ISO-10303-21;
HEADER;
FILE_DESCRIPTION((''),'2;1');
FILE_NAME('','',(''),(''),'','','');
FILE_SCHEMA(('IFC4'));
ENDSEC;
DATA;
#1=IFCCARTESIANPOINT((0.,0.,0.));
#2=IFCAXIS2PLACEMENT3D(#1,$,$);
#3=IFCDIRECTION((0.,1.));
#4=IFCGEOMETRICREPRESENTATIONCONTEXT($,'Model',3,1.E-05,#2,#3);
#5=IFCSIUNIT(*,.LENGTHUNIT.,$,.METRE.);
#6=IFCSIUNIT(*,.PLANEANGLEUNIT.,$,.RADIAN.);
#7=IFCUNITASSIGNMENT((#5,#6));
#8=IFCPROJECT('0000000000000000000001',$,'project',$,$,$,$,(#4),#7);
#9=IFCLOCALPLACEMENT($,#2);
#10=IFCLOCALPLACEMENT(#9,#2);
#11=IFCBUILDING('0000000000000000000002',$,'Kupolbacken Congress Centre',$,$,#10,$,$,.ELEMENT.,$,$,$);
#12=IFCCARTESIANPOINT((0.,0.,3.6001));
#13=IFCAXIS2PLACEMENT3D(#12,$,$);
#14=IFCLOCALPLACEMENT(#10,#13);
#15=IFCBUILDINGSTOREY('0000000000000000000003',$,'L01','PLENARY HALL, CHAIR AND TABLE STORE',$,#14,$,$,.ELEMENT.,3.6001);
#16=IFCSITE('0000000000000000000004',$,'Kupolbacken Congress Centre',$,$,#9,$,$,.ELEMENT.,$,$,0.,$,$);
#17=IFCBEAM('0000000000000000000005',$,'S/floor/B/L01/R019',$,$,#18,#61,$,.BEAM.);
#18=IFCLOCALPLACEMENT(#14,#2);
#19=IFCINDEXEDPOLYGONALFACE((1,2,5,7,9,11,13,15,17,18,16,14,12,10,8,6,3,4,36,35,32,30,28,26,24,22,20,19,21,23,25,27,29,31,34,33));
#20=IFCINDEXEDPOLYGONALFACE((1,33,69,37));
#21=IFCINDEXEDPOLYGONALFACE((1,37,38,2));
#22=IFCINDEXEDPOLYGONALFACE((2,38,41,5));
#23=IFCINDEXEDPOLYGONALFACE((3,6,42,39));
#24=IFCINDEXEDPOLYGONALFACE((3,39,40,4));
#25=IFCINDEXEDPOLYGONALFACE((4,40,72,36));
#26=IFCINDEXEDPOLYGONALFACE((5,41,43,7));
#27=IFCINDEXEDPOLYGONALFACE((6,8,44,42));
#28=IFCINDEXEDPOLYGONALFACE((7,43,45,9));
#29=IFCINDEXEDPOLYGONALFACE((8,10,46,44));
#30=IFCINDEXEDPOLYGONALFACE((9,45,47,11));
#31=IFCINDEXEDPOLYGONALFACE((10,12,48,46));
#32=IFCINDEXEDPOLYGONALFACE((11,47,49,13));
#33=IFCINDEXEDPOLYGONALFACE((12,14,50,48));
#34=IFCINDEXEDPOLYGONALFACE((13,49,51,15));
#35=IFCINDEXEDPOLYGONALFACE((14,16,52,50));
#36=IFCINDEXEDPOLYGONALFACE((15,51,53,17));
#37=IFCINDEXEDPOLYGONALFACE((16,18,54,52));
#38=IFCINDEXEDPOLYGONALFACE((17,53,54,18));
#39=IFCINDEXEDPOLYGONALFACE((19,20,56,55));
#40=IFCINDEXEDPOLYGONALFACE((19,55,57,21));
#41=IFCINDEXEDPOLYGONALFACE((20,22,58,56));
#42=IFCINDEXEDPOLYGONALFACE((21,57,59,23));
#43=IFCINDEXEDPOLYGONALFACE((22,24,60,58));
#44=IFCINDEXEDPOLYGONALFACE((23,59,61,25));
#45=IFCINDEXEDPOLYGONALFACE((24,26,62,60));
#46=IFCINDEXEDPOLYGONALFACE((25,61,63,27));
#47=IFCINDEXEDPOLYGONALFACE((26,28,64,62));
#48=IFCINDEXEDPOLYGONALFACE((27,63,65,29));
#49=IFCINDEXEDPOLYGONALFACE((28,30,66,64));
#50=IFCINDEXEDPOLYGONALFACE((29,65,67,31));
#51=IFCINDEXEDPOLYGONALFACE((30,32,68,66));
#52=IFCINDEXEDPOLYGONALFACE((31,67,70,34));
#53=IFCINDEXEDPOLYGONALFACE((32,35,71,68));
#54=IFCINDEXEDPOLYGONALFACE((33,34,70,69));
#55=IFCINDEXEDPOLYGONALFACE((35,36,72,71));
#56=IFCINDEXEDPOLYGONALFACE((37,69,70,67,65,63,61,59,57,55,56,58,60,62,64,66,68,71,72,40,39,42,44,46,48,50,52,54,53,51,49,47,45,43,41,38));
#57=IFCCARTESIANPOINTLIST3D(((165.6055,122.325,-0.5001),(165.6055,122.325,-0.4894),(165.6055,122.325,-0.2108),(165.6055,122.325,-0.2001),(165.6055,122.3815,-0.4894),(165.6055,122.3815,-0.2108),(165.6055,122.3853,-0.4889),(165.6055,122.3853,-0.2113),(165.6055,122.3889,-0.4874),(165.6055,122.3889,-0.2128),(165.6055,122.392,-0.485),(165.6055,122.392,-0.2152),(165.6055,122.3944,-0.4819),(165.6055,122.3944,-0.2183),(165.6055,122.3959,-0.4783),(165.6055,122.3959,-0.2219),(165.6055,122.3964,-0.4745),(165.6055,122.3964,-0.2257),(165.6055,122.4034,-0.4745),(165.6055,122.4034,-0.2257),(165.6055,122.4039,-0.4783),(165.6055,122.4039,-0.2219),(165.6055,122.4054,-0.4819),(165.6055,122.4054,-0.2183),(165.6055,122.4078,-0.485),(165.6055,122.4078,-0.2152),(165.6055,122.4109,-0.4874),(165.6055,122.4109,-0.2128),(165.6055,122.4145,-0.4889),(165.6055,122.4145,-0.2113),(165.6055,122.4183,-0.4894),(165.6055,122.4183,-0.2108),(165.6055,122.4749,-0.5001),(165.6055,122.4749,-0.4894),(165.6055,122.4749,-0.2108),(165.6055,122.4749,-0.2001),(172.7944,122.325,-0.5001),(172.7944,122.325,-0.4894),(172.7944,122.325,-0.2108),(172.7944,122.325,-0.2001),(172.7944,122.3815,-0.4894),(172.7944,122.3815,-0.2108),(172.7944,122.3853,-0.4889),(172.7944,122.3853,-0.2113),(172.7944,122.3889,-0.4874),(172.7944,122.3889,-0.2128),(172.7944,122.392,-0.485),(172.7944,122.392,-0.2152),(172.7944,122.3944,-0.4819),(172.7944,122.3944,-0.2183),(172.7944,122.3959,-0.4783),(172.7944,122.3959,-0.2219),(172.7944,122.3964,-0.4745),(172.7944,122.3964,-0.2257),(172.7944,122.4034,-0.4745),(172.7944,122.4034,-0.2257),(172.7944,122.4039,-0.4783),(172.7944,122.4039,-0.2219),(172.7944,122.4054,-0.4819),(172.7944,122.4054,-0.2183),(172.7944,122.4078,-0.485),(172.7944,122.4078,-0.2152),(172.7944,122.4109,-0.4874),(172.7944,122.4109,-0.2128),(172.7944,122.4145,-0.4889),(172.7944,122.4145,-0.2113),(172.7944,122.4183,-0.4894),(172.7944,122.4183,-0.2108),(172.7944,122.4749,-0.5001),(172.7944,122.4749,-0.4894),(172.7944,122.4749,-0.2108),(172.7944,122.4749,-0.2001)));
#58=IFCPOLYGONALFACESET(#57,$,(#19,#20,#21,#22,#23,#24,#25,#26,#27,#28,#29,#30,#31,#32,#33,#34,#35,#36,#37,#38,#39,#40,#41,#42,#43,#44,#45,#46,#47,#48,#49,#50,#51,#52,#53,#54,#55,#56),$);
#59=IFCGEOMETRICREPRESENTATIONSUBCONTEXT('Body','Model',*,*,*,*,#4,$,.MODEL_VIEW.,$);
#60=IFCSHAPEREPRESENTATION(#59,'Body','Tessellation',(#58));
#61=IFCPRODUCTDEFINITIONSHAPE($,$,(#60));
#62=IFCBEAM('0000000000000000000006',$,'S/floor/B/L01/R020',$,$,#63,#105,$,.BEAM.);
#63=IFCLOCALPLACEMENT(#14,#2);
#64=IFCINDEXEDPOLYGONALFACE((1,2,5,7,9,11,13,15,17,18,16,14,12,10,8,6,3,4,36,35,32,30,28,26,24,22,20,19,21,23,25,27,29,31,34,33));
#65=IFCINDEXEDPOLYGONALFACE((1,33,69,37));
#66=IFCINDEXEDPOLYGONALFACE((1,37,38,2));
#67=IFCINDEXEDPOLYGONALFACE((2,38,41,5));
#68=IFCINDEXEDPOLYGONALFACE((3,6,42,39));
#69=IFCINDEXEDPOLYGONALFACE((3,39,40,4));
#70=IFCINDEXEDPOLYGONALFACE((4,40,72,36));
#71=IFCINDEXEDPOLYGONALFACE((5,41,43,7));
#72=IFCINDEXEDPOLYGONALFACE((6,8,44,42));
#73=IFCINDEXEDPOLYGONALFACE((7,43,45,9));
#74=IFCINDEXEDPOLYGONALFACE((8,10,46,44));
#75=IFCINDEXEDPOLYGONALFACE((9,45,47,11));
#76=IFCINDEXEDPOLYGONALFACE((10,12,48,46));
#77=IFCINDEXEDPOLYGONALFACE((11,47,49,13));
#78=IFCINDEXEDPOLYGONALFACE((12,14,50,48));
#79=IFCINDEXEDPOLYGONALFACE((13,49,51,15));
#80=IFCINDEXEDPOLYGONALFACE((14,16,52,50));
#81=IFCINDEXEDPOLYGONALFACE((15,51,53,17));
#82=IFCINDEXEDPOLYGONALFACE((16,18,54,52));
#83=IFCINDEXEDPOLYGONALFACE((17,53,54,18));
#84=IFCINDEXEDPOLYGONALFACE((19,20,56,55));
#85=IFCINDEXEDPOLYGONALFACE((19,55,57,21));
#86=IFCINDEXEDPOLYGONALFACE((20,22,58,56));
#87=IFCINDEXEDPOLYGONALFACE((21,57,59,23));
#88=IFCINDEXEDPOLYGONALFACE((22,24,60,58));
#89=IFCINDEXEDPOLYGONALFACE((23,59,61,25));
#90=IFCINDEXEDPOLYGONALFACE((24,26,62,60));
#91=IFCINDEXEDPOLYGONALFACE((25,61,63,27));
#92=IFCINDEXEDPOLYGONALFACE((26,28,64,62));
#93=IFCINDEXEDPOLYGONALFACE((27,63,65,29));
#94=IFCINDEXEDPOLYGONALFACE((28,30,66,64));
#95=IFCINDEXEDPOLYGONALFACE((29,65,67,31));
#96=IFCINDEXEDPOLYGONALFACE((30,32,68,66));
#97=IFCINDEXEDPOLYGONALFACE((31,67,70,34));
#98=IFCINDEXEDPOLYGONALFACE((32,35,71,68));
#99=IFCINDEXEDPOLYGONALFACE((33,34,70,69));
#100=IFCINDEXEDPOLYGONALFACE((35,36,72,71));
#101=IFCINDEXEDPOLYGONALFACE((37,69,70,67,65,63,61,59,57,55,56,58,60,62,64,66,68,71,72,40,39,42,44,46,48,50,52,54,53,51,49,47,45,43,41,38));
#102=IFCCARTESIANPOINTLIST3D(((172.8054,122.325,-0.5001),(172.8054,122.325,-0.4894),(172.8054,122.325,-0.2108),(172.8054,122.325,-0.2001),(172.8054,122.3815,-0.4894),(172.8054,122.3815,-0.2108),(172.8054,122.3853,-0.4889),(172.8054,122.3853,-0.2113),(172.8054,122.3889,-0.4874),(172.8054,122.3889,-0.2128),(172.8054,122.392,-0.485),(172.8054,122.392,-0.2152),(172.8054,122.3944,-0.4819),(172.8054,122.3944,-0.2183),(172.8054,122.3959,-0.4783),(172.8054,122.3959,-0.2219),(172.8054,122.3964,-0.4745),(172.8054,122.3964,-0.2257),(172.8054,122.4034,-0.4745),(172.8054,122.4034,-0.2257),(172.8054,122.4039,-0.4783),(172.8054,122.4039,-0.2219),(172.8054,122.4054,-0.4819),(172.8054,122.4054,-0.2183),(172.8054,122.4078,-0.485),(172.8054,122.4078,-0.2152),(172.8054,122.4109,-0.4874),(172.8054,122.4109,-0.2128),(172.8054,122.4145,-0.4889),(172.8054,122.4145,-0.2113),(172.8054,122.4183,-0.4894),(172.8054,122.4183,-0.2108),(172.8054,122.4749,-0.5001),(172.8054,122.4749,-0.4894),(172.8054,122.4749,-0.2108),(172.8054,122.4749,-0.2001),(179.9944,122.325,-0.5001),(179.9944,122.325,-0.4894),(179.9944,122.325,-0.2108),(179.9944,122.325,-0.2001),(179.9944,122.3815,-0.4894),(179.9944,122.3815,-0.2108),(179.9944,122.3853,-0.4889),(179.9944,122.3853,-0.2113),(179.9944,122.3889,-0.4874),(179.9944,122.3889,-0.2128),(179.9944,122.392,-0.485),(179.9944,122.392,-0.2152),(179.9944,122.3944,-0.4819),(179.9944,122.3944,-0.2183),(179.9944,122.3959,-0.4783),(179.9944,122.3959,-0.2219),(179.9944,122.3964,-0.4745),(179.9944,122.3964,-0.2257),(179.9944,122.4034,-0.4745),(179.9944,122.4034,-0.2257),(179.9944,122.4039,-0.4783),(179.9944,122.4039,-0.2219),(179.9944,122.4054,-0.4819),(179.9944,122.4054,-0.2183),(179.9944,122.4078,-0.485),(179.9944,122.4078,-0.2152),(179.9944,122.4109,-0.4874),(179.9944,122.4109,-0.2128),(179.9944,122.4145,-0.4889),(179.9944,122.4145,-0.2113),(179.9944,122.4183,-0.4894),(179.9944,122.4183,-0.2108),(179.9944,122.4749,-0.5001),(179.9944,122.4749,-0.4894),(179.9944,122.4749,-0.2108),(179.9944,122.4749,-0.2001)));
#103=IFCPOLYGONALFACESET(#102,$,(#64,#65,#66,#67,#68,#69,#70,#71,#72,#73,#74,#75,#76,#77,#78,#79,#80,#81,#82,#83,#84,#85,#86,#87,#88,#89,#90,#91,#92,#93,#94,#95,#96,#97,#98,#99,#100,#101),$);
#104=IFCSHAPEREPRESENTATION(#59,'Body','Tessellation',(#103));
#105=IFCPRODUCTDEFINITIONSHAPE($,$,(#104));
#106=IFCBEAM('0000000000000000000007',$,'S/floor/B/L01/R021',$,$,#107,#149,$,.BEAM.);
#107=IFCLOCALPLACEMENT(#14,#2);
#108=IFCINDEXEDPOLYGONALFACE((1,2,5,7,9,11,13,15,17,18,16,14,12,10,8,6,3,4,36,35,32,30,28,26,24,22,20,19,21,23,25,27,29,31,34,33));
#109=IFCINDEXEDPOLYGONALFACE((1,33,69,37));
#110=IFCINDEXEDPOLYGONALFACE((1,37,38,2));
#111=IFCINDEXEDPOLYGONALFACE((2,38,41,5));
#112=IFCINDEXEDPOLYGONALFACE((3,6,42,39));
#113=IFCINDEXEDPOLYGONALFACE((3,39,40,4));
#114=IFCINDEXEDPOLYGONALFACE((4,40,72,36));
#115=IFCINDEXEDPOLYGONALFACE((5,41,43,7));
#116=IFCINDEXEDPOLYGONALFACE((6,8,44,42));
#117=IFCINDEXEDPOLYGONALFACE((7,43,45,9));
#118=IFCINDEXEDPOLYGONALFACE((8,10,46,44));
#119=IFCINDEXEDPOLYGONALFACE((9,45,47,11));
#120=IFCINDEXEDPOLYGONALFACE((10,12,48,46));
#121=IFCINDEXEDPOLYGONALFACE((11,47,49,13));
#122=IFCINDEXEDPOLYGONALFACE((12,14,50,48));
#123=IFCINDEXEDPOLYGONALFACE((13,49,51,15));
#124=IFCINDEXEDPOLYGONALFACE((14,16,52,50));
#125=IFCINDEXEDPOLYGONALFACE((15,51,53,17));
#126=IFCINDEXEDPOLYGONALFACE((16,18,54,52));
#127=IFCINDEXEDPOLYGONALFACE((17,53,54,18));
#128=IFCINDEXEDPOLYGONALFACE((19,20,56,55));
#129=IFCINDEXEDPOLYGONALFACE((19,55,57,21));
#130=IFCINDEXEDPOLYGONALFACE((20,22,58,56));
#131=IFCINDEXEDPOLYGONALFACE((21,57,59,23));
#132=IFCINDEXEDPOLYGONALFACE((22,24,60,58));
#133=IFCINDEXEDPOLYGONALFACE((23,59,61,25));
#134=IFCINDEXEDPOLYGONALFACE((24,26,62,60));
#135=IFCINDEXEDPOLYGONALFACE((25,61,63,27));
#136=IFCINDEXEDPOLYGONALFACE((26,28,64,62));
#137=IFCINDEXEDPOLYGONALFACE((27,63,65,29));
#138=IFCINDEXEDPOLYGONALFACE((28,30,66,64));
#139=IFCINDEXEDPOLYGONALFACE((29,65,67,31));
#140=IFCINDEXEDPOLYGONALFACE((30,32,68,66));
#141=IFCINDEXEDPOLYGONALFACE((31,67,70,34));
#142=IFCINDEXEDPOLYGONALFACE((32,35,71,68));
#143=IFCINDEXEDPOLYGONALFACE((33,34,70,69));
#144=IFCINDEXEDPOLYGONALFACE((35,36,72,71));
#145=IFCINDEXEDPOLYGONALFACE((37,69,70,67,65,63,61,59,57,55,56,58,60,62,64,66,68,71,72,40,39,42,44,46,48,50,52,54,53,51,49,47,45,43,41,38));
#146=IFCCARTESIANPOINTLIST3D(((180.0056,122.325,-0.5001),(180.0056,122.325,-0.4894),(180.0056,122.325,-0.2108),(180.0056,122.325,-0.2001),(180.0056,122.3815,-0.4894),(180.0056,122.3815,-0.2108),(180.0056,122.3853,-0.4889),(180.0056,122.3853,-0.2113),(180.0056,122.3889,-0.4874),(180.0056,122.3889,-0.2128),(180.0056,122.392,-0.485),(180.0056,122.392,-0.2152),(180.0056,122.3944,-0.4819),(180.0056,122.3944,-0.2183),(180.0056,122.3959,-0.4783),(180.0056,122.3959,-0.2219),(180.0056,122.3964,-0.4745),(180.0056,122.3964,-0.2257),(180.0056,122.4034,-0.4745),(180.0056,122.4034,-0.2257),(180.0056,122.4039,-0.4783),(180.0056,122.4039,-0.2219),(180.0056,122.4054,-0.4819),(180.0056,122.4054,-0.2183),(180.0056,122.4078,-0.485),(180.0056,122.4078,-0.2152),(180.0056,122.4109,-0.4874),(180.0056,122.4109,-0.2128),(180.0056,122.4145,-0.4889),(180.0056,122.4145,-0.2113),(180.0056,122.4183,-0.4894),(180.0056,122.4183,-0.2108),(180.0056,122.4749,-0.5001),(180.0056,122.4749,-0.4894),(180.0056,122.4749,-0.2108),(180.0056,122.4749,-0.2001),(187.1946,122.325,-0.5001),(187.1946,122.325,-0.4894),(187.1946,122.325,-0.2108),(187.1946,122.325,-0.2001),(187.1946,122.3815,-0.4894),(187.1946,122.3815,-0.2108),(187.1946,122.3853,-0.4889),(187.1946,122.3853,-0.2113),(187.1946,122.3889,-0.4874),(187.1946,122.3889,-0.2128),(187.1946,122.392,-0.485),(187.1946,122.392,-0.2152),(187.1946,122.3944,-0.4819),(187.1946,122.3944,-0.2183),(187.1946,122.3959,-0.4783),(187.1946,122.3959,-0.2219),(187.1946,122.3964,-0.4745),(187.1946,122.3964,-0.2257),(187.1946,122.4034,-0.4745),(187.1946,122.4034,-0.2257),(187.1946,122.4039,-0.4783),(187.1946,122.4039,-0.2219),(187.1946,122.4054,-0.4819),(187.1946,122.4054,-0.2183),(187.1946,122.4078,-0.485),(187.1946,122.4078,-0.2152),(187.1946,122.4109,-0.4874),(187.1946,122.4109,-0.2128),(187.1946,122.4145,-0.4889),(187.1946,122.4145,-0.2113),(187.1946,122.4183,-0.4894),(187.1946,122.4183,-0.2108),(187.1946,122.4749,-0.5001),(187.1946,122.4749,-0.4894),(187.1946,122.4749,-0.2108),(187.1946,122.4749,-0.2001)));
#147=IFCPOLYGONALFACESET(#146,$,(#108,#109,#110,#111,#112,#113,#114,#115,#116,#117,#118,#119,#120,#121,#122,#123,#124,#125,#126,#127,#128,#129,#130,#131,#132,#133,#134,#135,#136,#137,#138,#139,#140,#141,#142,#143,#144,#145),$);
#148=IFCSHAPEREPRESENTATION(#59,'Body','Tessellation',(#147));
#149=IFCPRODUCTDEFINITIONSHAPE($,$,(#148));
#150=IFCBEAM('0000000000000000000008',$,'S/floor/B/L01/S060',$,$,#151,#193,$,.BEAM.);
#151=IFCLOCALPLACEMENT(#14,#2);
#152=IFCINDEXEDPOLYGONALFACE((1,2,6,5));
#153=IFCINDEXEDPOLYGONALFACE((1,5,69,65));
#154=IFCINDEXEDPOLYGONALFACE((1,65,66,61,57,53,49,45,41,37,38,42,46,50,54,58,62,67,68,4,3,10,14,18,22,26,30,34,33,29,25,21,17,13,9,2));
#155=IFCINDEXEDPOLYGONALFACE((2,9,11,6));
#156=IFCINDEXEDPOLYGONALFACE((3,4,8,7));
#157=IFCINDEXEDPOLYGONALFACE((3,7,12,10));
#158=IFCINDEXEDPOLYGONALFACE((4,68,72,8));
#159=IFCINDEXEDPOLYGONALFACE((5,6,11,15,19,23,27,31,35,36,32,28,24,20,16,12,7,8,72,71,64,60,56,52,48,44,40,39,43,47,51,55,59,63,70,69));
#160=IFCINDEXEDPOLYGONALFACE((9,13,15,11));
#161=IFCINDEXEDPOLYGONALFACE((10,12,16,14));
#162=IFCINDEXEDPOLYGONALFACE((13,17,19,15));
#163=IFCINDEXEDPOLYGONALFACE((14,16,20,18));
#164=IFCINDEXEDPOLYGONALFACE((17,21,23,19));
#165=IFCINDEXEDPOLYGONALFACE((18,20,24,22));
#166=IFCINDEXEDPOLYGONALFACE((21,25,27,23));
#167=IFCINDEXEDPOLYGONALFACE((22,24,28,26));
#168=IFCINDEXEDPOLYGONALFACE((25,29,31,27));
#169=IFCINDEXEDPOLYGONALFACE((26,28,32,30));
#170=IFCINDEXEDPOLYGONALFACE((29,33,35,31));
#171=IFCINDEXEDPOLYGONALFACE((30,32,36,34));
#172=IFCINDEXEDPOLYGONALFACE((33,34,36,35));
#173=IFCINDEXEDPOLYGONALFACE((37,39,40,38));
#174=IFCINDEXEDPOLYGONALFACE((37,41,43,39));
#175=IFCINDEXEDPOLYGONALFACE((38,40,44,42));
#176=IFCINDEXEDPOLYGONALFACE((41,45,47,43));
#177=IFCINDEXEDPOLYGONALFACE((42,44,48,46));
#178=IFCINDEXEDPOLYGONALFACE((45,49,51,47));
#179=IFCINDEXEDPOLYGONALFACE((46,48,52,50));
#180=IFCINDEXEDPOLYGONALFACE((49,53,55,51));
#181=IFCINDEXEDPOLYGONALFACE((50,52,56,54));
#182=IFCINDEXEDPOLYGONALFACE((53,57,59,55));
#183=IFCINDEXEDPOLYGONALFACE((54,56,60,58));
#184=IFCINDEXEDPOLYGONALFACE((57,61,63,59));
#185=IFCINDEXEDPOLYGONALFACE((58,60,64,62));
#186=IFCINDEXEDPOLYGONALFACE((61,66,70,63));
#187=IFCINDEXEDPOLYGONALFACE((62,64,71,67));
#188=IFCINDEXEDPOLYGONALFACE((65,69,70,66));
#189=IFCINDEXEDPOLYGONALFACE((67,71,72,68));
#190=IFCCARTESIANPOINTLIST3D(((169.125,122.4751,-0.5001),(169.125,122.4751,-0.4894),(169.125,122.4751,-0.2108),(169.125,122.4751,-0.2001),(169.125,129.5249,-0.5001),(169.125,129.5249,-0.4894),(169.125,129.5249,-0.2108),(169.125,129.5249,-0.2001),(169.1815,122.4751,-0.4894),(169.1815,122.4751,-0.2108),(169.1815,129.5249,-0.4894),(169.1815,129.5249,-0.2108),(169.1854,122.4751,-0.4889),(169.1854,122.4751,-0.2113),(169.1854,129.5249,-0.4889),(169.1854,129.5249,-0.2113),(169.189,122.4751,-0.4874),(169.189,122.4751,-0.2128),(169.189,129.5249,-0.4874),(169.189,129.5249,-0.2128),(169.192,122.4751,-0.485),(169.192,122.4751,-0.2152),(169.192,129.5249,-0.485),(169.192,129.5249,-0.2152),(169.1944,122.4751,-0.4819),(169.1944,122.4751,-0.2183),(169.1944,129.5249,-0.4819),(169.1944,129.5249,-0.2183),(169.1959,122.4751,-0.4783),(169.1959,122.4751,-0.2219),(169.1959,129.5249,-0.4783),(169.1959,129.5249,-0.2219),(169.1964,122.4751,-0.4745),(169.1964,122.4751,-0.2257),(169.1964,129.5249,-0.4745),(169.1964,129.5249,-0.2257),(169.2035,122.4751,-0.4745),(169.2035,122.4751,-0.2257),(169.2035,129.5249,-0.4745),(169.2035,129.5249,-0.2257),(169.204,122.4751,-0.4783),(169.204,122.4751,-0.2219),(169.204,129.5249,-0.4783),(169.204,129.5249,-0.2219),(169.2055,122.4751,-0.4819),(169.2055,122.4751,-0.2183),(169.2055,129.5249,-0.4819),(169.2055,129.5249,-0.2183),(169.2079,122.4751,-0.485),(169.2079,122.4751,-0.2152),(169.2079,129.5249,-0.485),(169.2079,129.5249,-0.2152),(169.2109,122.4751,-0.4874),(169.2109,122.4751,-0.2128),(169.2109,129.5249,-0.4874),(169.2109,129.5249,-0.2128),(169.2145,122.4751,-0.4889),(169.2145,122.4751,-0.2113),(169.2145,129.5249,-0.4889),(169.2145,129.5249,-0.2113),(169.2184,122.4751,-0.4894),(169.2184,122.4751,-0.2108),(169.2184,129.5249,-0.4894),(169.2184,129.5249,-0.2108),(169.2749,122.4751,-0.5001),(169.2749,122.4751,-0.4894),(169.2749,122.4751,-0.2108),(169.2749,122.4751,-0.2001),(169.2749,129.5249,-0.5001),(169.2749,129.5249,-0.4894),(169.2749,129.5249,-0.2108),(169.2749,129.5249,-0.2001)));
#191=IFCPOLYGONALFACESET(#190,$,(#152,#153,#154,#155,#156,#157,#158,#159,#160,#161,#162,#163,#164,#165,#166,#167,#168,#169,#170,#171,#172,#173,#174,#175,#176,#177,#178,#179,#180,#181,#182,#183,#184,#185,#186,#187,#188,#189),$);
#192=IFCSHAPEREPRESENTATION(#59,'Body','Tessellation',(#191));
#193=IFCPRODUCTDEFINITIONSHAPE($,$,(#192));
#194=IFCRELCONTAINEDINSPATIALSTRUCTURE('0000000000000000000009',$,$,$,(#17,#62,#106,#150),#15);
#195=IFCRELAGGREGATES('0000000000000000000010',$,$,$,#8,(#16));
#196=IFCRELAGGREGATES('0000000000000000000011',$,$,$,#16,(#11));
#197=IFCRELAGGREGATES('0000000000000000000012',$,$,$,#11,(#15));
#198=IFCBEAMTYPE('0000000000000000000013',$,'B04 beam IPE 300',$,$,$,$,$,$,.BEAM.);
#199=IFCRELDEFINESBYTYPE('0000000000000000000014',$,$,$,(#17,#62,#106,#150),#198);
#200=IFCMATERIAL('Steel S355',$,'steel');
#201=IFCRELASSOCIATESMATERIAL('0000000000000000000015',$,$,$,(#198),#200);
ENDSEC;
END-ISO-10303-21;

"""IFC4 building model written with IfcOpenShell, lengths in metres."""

from ifc_helpers import new_model, si_unit, direction, frame, origin, origin_2d, place, context, subcontext, project, spatial, i_section, extrude, material, material_profile, profile_set, type_object, element, save


model = new_model("IFC4")

# Units and contexts
model_context = context("Model", 3, precision=1e-05, world=origin(), true_north=direction((0.0, 1.0)))
body_context = subcontext(model_context, "Body", "Model", "MODEL_VIEW")
ifc_project = project(units=[si_unit("LENGTHUNIT", "METRE"), si_unit("PLANEANGLEUNIT", "RADIAN")], contexts=[model_context])

# Site, building, storey
site_placement = place(None, origin())
site = spatial("IfcSite", under=ifc_project, at=site_placement, Name="Kupolbacken Congress Centre", CompositionType="ELEMENT", RefElevation=0.0)
building_placement = place(site_placement, origin())
building = spatial("IfcBuilding", under=site, at=building_placement, Name="Kupolbacken Congress Centre", CompositionType="ELEMENT")
storey_placement = place(building_placement, frame((0.0, 0.0, 3.6001)))
storey = spatial("IfcBuildingStorey", under=building, at=storey_placement, Name="L01", Description="PLENARY HALL, CHAIR AND TABLE STORE", CompositionType="ELEMENT", Elevation=3.6001)

# Beams
ifc_material_1 = material(Name="Steel S355", Category="steel")
ifc_material_profile_1 = material_profile(ifc_material_1, i_section(OverallWidth=0.1499, OverallDepth=0.3, WebThickness=0.0071, FlangeThickness=0.0107, FilletRadius=0.0149, at=origin_2d()), Name="IPE 300")
ifc_profile_set_1 = profile_set([ifc_material_profile_1], Name="Steel S355")
beam_type_1 = type_object("IfcBeamType", Name="B04 beam IPE 300", PredefinedType="BEAM", material=ifc_profile_set_1)
for number, where, z_axis, x_axis, name in (
    (1, (165.6055, 122.3999, -0.3501), (1.0, 0.0, 0.0), (0.0, 1.0, 0.0), "S/floor/B/L01/R019"),
    (2, (172.8054, 122.3999, -0.3501), (1.0, 0.0, 0.0), (0.0, 1.0, 0.0), "S/floor/B/L01/R020"),
    (3, (180.0056, 122.3999, -0.3501), (1.0, 0.0, 0.0), (0.0, 1.0, 0.0), "S/floor/B/L01/R021"),
):
    element("IfcBeam", number, at=place(storey_placement, frame(where, z_axis=z_axis, x_axis=x_axis)), inside=storey, type_object=beam_type_1, Name=name, PredefinedType="BEAM", context=body_context, shape_type="SweptSolid", body=[
        extrude(i_section(OverallWidth=0.1499, OverallDepth=0.3, WebThickness=0.0071, FlangeThickness=0.0107, FilletRadius=0.0149, at=origin_2d()), origin(), (0.0, 0.0, 1.0), 7.189),
    ])
for number, where, z_axis, x_axis, name in (
    (4, (169.2, 122.4751, -0.3501), (0.0, 1.0, 0.0), (-1.0, 0.0, 0.0), "S/floor/B/L01/S060"),
):
    element("IfcBeam", number, at=place(storey_placement, frame(where, z_axis=z_axis, x_axis=x_axis)), inside=storey, type_object=beam_type_1, Name=name, PredefinedType="BEAM", context=body_context, shape_type="SweptSolid", body=[
        extrude(i_section(OverallWidth=0.1499, OverallDepth=0.3, WebThickness=0.0071, FlangeThickness=0.0107, FilletRadius=0.0149, at=origin_2d()), origin(), (0.0, 0.0, 1.0), 7.0498),
    ])

save(model, "model.ifc")
